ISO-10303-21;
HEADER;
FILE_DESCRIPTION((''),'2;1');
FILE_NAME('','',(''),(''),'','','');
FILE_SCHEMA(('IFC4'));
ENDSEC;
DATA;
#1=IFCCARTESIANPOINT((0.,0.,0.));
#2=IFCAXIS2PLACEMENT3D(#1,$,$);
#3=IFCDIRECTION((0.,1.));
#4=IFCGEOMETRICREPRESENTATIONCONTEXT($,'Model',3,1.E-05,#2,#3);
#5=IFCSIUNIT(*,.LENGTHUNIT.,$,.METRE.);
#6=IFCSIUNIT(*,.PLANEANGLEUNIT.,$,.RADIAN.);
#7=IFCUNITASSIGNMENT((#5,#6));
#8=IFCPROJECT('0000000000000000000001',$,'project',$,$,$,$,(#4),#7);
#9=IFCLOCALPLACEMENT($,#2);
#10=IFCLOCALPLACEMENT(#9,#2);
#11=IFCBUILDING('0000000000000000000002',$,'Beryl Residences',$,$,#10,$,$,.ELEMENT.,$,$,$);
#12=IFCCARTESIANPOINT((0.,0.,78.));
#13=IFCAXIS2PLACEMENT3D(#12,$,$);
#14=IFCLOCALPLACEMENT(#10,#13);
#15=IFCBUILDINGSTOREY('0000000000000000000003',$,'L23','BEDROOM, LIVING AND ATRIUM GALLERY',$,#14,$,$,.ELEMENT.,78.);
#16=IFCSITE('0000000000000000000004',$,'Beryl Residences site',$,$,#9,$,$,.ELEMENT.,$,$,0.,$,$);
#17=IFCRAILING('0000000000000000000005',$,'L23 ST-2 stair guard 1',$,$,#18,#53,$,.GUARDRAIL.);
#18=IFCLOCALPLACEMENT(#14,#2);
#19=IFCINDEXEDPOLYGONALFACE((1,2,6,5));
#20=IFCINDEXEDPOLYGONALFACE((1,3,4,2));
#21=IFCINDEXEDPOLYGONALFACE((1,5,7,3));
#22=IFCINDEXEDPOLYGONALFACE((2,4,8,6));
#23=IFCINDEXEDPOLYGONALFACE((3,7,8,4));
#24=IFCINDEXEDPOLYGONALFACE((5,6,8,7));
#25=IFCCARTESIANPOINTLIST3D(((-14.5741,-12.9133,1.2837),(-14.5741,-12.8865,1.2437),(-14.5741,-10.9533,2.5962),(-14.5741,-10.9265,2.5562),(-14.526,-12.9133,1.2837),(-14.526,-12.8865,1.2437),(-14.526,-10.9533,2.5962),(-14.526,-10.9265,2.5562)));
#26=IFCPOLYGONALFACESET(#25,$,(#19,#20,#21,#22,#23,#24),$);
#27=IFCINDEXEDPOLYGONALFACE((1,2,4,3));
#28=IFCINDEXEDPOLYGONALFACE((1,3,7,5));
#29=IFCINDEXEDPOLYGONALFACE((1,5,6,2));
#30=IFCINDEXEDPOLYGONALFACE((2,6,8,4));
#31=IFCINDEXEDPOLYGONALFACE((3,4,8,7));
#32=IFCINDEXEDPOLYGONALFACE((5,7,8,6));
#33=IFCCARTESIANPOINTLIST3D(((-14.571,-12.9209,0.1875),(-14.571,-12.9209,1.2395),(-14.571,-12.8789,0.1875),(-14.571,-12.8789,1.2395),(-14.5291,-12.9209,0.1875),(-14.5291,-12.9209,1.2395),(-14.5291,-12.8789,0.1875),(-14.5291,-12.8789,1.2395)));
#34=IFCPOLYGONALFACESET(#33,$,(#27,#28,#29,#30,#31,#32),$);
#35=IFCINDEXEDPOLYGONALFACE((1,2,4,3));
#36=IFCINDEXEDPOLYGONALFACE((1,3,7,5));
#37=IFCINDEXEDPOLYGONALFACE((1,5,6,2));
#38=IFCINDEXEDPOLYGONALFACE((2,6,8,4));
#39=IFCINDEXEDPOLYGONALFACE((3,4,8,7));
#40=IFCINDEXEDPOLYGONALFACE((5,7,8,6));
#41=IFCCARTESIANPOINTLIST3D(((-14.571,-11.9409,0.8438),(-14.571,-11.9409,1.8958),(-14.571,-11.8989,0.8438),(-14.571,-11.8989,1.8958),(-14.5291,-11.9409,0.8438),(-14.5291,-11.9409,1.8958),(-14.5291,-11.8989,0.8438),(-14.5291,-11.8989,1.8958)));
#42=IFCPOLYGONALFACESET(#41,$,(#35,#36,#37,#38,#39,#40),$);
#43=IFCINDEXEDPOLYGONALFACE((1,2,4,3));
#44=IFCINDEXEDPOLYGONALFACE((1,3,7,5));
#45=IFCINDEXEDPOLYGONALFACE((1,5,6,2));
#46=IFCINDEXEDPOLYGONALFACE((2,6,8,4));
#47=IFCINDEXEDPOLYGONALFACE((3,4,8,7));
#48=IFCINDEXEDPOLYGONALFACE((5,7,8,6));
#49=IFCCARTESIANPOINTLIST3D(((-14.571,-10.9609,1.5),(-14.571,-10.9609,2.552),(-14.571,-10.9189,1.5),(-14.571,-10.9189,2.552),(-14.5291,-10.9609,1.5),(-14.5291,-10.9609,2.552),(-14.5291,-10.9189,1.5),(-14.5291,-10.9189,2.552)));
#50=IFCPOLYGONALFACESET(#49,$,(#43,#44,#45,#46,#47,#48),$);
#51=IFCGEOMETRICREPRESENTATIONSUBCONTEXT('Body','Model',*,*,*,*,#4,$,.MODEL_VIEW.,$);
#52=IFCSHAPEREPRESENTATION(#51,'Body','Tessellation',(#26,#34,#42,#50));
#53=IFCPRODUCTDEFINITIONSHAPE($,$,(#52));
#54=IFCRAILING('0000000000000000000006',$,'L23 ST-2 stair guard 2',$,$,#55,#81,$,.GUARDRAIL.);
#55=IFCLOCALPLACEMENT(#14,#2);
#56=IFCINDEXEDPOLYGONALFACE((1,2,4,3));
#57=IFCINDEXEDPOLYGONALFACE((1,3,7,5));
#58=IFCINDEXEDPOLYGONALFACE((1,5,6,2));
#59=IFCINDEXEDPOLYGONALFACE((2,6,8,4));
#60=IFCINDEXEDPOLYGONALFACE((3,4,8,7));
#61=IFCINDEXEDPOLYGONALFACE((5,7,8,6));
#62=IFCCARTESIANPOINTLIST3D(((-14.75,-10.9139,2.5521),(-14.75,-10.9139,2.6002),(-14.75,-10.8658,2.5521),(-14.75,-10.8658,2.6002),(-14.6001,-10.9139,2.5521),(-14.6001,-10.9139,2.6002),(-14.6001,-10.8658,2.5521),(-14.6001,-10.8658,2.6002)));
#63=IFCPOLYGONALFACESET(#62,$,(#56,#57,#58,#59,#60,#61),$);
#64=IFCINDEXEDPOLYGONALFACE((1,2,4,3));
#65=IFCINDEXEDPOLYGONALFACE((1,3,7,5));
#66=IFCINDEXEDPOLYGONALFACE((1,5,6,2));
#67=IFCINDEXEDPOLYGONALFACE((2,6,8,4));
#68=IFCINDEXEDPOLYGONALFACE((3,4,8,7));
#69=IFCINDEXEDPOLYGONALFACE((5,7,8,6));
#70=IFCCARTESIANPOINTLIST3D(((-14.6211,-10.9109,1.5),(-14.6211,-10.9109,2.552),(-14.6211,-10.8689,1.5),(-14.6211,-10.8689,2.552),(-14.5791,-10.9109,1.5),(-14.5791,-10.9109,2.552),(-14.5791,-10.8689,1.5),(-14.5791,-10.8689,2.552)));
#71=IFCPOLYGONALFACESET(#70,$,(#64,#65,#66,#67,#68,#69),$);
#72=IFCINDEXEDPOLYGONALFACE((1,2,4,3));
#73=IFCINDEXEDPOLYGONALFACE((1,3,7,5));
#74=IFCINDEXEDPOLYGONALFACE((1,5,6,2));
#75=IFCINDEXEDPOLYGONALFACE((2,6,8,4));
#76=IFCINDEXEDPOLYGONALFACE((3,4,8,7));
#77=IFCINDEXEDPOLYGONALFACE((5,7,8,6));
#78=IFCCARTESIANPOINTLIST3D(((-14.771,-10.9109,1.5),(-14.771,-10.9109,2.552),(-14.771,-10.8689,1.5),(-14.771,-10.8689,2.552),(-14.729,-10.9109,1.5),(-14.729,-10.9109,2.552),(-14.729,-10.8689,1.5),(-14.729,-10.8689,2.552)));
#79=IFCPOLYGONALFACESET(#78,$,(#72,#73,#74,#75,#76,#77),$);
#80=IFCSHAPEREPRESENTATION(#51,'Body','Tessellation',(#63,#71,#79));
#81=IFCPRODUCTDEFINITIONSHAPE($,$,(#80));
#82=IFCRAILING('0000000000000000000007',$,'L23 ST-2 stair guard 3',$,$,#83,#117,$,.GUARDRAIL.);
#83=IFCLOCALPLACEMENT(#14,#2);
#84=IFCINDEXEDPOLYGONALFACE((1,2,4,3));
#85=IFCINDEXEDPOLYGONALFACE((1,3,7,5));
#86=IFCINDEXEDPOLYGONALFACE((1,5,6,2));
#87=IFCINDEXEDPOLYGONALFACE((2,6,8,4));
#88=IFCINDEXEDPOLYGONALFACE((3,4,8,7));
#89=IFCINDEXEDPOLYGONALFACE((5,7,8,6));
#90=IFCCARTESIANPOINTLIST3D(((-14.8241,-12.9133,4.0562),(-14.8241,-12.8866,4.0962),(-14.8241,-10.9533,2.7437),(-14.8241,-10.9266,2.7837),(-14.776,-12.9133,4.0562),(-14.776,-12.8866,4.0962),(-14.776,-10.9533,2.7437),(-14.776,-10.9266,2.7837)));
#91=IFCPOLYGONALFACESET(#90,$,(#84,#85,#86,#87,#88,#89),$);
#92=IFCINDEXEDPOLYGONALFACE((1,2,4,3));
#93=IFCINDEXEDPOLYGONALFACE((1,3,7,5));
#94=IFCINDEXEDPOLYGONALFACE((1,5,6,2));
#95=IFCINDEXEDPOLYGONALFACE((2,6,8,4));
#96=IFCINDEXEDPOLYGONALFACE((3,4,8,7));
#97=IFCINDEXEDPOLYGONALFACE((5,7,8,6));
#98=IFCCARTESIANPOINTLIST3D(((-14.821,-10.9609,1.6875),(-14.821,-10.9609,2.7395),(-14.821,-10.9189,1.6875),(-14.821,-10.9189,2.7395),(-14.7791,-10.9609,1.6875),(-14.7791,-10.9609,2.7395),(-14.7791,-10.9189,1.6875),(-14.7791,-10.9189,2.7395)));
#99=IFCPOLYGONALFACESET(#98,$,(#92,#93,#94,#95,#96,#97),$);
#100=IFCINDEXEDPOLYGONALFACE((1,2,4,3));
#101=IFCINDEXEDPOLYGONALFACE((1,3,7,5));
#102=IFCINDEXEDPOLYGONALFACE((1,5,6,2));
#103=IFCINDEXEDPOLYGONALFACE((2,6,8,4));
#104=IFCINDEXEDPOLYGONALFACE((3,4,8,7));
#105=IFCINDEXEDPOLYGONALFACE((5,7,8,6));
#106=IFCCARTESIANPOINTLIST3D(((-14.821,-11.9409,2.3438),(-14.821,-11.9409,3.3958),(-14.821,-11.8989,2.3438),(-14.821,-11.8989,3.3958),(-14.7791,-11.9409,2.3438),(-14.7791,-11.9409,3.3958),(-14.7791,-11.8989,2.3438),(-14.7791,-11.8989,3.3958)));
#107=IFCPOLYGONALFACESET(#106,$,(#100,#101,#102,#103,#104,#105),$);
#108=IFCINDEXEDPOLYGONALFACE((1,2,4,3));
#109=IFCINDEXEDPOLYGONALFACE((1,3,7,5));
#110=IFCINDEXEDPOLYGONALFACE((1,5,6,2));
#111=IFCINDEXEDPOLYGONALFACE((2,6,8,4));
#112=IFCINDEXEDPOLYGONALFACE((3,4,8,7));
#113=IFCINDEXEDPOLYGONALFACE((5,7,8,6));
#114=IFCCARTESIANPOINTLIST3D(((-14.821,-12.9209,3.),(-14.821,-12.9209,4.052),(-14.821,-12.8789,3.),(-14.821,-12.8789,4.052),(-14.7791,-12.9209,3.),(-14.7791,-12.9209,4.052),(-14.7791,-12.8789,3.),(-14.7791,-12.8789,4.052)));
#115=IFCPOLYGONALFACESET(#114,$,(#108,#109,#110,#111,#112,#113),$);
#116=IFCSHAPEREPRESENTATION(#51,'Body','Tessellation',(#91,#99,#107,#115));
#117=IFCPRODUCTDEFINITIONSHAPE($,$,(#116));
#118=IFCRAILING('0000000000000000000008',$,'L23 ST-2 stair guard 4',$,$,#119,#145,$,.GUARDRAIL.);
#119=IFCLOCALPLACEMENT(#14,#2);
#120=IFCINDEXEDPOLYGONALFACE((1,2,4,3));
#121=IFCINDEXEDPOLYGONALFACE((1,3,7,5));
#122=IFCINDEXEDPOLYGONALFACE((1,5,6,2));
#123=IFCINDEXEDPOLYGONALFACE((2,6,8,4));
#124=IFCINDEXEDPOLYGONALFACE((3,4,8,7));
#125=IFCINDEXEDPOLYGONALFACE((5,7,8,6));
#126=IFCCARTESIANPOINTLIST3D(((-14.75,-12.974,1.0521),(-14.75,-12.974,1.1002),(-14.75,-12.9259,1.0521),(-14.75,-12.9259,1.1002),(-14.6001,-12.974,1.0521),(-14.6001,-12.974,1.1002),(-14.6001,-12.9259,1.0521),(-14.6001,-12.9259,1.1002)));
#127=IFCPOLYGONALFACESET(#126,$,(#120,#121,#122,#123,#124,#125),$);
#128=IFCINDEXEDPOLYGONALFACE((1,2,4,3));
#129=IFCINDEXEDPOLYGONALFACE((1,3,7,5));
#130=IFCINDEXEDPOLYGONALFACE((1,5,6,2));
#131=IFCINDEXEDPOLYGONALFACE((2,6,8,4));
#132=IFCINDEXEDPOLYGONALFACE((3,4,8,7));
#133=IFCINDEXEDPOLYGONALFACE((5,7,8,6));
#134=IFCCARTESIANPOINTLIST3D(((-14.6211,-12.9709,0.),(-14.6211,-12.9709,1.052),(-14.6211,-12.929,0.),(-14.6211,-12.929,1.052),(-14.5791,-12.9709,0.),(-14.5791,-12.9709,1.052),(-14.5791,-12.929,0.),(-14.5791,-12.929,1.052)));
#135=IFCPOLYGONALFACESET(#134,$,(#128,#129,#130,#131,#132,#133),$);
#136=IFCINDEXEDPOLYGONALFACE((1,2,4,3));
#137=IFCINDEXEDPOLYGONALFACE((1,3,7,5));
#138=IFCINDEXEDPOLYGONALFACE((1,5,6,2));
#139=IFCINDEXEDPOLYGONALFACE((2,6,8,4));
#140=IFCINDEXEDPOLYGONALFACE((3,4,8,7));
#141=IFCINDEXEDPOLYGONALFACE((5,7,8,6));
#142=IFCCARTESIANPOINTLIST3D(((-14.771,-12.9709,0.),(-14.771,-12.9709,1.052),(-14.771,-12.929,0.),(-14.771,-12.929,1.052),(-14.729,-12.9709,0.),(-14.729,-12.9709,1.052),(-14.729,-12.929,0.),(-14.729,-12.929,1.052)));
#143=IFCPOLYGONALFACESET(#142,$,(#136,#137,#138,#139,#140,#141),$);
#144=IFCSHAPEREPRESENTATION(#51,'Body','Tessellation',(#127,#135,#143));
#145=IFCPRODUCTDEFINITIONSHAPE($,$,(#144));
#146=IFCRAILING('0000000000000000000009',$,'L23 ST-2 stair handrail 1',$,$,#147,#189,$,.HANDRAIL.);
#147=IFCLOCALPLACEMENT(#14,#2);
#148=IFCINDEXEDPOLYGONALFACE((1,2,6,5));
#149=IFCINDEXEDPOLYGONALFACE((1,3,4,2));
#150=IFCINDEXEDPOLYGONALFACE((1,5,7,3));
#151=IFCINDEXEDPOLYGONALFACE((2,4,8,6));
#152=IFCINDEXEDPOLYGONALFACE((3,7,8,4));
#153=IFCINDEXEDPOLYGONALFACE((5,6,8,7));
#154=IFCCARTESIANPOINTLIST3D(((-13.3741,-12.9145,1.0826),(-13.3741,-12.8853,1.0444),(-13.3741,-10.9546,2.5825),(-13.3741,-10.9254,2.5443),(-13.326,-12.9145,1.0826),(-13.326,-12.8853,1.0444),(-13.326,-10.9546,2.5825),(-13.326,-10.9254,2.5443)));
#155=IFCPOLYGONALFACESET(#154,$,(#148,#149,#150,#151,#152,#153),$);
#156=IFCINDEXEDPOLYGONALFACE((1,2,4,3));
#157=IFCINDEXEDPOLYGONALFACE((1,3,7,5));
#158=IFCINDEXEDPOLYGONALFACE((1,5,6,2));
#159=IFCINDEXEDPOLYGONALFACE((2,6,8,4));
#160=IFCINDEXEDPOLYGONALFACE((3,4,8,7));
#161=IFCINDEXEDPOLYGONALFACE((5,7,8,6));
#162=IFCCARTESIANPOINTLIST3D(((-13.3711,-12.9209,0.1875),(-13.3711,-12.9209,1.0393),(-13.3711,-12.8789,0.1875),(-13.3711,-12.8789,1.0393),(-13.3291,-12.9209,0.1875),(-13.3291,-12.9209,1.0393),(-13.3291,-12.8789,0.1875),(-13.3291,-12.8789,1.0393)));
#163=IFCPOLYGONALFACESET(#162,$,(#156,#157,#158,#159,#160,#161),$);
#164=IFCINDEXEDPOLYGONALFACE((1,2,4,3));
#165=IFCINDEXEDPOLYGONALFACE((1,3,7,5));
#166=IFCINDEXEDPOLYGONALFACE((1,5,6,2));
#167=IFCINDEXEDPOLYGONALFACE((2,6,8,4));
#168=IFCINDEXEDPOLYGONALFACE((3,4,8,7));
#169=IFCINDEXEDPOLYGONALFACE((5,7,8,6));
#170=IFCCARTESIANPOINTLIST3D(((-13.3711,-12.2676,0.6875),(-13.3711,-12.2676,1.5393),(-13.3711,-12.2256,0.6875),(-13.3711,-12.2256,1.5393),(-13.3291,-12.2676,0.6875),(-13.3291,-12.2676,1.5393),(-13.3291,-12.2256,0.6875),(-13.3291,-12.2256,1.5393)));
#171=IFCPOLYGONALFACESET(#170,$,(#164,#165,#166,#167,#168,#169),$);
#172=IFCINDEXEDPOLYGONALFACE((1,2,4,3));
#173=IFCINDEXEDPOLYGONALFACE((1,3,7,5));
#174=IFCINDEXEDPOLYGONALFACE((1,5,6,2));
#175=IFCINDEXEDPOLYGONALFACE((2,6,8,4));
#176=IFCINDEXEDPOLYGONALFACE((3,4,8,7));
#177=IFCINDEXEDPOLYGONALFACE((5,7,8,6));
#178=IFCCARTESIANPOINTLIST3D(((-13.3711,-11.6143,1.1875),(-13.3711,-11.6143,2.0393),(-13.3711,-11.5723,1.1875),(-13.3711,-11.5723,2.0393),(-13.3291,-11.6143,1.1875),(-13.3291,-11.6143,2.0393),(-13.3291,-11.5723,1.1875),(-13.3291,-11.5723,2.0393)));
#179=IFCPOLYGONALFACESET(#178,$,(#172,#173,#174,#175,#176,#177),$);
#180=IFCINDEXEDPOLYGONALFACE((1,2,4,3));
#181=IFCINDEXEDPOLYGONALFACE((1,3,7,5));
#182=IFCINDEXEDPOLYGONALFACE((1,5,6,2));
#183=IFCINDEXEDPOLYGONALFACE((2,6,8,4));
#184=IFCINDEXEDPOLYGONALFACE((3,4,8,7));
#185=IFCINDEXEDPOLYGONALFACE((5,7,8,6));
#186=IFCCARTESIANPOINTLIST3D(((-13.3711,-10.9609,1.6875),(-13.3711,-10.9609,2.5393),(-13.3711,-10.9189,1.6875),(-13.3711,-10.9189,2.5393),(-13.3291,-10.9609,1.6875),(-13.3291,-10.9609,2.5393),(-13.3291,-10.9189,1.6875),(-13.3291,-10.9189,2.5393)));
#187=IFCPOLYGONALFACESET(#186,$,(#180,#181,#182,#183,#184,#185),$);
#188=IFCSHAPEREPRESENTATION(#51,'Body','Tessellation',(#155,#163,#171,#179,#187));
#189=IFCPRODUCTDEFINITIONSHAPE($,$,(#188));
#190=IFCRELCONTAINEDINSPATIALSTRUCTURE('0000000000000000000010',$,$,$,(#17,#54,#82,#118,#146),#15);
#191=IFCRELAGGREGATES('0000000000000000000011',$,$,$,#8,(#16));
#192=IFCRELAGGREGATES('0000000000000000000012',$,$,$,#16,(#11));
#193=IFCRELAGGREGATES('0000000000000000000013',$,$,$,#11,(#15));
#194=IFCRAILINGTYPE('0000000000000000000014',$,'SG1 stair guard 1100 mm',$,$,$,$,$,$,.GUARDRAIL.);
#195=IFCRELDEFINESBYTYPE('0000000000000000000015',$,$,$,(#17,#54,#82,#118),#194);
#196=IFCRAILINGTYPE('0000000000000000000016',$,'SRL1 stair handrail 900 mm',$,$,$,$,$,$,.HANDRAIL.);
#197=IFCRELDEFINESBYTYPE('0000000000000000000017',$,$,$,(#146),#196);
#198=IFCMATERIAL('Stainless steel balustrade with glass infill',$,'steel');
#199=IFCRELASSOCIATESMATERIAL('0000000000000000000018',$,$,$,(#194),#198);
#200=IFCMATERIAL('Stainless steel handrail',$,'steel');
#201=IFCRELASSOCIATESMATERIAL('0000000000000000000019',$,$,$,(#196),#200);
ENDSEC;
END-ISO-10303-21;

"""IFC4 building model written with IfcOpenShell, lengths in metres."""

from ifc_helpers import new_model, si_unit, direction, frame, origin, origin_2d, place, context, subcontext, project, spatial, rectangle, extrude, material, type_object, element, save


model = new_model("IFC4")

# Units and contexts
model_context = context("Model", 3, precision=1e-05, world=origin(), true_north=direction((0.0, 1.0)))
body_context = subcontext(model_context, "Body", "Model", "MODEL_VIEW")
ifc_project = project(units=[si_unit("LENGTHUNIT", "METRE"), si_unit("PLANEANGLEUNIT", "RADIAN")], contexts=[model_context])

# Site, building, storey
site_placement = place(None, origin())
site = spatial("IfcSite", under=ifc_project, at=site_placement, Name="Beryl Residences site", CompositionType="ELEMENT", RefElevation=0.0)
building_placement = place(site_placement, origin())
building = spatial("IfcBuilding", under=site, at=building_placement, Name="Beryl Residences", CompositionType="ELEMENT")
storey_placement = place(building_placement, frame((0.0, 0.0, 78.0)))
storey = spatial("IfcBuildingStorey", under=building, at=storey_placement, Name="L23", Description="BEDROOM, LIVING AND ATRIUM GALLERY", CompositionType="ELEMENT", Elevation=78.0)

# Railings
ifc_material_1 = material(Name="Stainless steel balustrade with glass infill", Category="steel")
railing_type_1 = type_object("IfcRailingType", Name="SG1 stair guard 1100 mm", PredefinedType="GUARDRAIL", material=ifc_material_1)
railing_1_placement = place(storey_placement, frame((-14.55, -12.8999, 0.1875)))
element("IfcRailing", 1, at=railing_1_placement, inside=storey, type_object=railing_type_1, Name="L23 ST-2 stair guard 1", PredefinedType="GUARDRAIL", context=body_context, shape_type="SweptSolid", body=[
    extrude(rectangle(XDim=0.0481, YDim=0.0481, at=origin_2d()), frame((0.0, 0.0, 1.0762), z_axis=(0.0, 0.830902, 0.556419), x_axis=(-1.0, 0.0, 0.0)), (0.0, 0.0, 1.0), 2.3589),
    extrude(rectangle(XDim=0.042, YDim=0.042, at=origin_2d()), origin(), (0.0, 0.0, 1.0), 1.052),
    extrude(rectangle(XDim=0.042, YDim=0.042, at=origin_2d()), frame((0.0, 0.98, 0.6562)), (0.0, 0.0, 1.0), 1.052),
    extrude(rectangle(XDim=0.042, YDim=0.042, at=origin_2d()), frame((0.0, 1.96, 1.3125)), (0.0, 0.0, 1.0), 1.052),
])
railing_2_placement = place(storey_placement, frame((-14.6001, -10.8899, 1.5)))
element("IfcRailing", 2, at=railing_2_placement, inside=storey, type_object=railing_type_1, Name="L23 ST-2 stair guard 2", PredefinedType="GUARDRAIL", context=body_context, shape_type="SweptSolid", body=[
    extrude(rectangle(XDim=0.0481, YDim=0.0481, at=origin_2d()), frame((0.0, 0.0, 1.0762), z_axis=(-1.0, 0.0, 0.0), x_axis=(0.0, -1.0, 0.0)), (0.0, 0.0, 1.0), 0.1499),
    extrude(rectangle(XDim=0.042, YDim=0.042, at=origin_2d()), origin(), (0.0, 0.0, 1.0), 1.052),
    extrude(rectangle(XDim=0.042, YDim=0.042, at=origin_2d()), frame((-0.1499, 0.0, 0.0)), (0.0, 0.0, 1.0), 1.052),
])
railing_3_placement = place(storey_placement, frame((-14.8, -10.9399, 1.6875)))
element("IfcRailing", 3, at=railing_3_placement, inside=storey, type_object=railing_type_1, Name="L23 ST-2 stair guard 3", PredefinedType="GUARDRAIL", context=body_context, shape_type="SweptSolid", body=[
    extrude(rectangle(XDim=0.0481, YDim=0.0481, at=origin_2d()), frame((0.0, 0.0, 1.0762), z_axis=(0.0, -0.830902, 0.556419), x_axis=(1.0, 0.0, 0.0)), (0.0, 0.0, 1.0), 2.3589),
    extrude(rectangle(XDim=0.042, YDim=0.042, at=origin_2d()), origin(), (0.0, 0.0, 1.0), 1.052),
    extrude(rectangle(XDim=0.042, YDim=0.042, at=origin_2d()), frame((0.0, -0.98, 0.6562)), (0.0, 0.0, 1.0), 1.052),
    extrude(rectangle(XDim=0.042, YDim=0.042, at=origin_2d()), frame((0.0, -1.96, 1.3125)), (0.0, 0.0, 1.0), 1.052),
])
railing_4_placement = place(storey_placement, frame((-14.6001, -12.95, 0.0)))
element("IfcRailing", 4, at=railing_4_placement, inside=storey, type_object=railing_type_1, Name="L23 ST-2 stair guard 4", PredefinedType="GUARDRAIL", context=body_context, shape_type="SweptSolid", body=[
    extrude(rectangle(XDim=0.0481, YDim=0.0481, at=origin_2d()), frame((0.0, 0.0, 1.0762), z_axis=(-1.0, 0.0, 0.0), x_axis=(0.0, -1.0, 0.0)), (0.0, 0.0, 1.0), 0.1499),
    extrude(rectangle(XDim=0.042, YDim=0.042, at=origin_2d()), origin(), (0.0, 0.0, 1.0), 1.052),
    extrude(rectangle(XDim=0.042, YDim=0.042, at=origin_2d()), frame((-0.1499, 0.0, 0.0)), (0.0, 0.0, 1.0), 1.052),
])
ifc_material_2 = material(Name="Stainless steel handrail", Category="steel")
railing_type_2 = type_object("IfcRailingType", Name="SRL1 stair handrail 900 mm", PredefinedType="HANDRAIL", material=ifc_material_2)
railing_5_placement = place(storey_placement, frame((-13.3501, -12.8999, 0.1875)))
element("IfcRailing", 5, at=railing_5_placement, inside=storey, type_object=railing_type_2, Name="L23 ST-2 stair handrail 1", PredefinedType="HANDRAIL", context=body_context, shape_type="SweptSolid", body=[
    extrude(rectangle(XDim=0.0481, YDim=0.0481, at=origin_2d()), frame((0.0, 0.0, 0.876), z_axis=(0.0, 0.794122, 0.607758), x_axis=(-1.0, 0.0, 0.0)), (0.0, 0.0, 1.0), 2.468),
    extrude(rectangle(XDim=0.042, YDim=0.042, at=origin_2d()), origin(), (0.0, 0.0, 1.0), 0.8518),
    extrude(rectangle(XDim=0.042, YDim=0.042, at=origin_2d()), frame((0.0, 0.6533, 0.5)), (0.0, 0.0, 1.0), 0.8518),
    extrude(rectangle(XDim=0.042, YDim=0.042, at=origin_2d()), frame((0.0, 1.3066, 1.0)), (0.0, 0.0, 1.0), 0.8518),
    extrude(rectangle(XDim=0.042, YDim=0.042, at=origin_2d()), frame((0.0, 1.96, 1.5)), (0.0, 0.0, 1.0), 0.8518),
])

save(model, "model.ifc")
